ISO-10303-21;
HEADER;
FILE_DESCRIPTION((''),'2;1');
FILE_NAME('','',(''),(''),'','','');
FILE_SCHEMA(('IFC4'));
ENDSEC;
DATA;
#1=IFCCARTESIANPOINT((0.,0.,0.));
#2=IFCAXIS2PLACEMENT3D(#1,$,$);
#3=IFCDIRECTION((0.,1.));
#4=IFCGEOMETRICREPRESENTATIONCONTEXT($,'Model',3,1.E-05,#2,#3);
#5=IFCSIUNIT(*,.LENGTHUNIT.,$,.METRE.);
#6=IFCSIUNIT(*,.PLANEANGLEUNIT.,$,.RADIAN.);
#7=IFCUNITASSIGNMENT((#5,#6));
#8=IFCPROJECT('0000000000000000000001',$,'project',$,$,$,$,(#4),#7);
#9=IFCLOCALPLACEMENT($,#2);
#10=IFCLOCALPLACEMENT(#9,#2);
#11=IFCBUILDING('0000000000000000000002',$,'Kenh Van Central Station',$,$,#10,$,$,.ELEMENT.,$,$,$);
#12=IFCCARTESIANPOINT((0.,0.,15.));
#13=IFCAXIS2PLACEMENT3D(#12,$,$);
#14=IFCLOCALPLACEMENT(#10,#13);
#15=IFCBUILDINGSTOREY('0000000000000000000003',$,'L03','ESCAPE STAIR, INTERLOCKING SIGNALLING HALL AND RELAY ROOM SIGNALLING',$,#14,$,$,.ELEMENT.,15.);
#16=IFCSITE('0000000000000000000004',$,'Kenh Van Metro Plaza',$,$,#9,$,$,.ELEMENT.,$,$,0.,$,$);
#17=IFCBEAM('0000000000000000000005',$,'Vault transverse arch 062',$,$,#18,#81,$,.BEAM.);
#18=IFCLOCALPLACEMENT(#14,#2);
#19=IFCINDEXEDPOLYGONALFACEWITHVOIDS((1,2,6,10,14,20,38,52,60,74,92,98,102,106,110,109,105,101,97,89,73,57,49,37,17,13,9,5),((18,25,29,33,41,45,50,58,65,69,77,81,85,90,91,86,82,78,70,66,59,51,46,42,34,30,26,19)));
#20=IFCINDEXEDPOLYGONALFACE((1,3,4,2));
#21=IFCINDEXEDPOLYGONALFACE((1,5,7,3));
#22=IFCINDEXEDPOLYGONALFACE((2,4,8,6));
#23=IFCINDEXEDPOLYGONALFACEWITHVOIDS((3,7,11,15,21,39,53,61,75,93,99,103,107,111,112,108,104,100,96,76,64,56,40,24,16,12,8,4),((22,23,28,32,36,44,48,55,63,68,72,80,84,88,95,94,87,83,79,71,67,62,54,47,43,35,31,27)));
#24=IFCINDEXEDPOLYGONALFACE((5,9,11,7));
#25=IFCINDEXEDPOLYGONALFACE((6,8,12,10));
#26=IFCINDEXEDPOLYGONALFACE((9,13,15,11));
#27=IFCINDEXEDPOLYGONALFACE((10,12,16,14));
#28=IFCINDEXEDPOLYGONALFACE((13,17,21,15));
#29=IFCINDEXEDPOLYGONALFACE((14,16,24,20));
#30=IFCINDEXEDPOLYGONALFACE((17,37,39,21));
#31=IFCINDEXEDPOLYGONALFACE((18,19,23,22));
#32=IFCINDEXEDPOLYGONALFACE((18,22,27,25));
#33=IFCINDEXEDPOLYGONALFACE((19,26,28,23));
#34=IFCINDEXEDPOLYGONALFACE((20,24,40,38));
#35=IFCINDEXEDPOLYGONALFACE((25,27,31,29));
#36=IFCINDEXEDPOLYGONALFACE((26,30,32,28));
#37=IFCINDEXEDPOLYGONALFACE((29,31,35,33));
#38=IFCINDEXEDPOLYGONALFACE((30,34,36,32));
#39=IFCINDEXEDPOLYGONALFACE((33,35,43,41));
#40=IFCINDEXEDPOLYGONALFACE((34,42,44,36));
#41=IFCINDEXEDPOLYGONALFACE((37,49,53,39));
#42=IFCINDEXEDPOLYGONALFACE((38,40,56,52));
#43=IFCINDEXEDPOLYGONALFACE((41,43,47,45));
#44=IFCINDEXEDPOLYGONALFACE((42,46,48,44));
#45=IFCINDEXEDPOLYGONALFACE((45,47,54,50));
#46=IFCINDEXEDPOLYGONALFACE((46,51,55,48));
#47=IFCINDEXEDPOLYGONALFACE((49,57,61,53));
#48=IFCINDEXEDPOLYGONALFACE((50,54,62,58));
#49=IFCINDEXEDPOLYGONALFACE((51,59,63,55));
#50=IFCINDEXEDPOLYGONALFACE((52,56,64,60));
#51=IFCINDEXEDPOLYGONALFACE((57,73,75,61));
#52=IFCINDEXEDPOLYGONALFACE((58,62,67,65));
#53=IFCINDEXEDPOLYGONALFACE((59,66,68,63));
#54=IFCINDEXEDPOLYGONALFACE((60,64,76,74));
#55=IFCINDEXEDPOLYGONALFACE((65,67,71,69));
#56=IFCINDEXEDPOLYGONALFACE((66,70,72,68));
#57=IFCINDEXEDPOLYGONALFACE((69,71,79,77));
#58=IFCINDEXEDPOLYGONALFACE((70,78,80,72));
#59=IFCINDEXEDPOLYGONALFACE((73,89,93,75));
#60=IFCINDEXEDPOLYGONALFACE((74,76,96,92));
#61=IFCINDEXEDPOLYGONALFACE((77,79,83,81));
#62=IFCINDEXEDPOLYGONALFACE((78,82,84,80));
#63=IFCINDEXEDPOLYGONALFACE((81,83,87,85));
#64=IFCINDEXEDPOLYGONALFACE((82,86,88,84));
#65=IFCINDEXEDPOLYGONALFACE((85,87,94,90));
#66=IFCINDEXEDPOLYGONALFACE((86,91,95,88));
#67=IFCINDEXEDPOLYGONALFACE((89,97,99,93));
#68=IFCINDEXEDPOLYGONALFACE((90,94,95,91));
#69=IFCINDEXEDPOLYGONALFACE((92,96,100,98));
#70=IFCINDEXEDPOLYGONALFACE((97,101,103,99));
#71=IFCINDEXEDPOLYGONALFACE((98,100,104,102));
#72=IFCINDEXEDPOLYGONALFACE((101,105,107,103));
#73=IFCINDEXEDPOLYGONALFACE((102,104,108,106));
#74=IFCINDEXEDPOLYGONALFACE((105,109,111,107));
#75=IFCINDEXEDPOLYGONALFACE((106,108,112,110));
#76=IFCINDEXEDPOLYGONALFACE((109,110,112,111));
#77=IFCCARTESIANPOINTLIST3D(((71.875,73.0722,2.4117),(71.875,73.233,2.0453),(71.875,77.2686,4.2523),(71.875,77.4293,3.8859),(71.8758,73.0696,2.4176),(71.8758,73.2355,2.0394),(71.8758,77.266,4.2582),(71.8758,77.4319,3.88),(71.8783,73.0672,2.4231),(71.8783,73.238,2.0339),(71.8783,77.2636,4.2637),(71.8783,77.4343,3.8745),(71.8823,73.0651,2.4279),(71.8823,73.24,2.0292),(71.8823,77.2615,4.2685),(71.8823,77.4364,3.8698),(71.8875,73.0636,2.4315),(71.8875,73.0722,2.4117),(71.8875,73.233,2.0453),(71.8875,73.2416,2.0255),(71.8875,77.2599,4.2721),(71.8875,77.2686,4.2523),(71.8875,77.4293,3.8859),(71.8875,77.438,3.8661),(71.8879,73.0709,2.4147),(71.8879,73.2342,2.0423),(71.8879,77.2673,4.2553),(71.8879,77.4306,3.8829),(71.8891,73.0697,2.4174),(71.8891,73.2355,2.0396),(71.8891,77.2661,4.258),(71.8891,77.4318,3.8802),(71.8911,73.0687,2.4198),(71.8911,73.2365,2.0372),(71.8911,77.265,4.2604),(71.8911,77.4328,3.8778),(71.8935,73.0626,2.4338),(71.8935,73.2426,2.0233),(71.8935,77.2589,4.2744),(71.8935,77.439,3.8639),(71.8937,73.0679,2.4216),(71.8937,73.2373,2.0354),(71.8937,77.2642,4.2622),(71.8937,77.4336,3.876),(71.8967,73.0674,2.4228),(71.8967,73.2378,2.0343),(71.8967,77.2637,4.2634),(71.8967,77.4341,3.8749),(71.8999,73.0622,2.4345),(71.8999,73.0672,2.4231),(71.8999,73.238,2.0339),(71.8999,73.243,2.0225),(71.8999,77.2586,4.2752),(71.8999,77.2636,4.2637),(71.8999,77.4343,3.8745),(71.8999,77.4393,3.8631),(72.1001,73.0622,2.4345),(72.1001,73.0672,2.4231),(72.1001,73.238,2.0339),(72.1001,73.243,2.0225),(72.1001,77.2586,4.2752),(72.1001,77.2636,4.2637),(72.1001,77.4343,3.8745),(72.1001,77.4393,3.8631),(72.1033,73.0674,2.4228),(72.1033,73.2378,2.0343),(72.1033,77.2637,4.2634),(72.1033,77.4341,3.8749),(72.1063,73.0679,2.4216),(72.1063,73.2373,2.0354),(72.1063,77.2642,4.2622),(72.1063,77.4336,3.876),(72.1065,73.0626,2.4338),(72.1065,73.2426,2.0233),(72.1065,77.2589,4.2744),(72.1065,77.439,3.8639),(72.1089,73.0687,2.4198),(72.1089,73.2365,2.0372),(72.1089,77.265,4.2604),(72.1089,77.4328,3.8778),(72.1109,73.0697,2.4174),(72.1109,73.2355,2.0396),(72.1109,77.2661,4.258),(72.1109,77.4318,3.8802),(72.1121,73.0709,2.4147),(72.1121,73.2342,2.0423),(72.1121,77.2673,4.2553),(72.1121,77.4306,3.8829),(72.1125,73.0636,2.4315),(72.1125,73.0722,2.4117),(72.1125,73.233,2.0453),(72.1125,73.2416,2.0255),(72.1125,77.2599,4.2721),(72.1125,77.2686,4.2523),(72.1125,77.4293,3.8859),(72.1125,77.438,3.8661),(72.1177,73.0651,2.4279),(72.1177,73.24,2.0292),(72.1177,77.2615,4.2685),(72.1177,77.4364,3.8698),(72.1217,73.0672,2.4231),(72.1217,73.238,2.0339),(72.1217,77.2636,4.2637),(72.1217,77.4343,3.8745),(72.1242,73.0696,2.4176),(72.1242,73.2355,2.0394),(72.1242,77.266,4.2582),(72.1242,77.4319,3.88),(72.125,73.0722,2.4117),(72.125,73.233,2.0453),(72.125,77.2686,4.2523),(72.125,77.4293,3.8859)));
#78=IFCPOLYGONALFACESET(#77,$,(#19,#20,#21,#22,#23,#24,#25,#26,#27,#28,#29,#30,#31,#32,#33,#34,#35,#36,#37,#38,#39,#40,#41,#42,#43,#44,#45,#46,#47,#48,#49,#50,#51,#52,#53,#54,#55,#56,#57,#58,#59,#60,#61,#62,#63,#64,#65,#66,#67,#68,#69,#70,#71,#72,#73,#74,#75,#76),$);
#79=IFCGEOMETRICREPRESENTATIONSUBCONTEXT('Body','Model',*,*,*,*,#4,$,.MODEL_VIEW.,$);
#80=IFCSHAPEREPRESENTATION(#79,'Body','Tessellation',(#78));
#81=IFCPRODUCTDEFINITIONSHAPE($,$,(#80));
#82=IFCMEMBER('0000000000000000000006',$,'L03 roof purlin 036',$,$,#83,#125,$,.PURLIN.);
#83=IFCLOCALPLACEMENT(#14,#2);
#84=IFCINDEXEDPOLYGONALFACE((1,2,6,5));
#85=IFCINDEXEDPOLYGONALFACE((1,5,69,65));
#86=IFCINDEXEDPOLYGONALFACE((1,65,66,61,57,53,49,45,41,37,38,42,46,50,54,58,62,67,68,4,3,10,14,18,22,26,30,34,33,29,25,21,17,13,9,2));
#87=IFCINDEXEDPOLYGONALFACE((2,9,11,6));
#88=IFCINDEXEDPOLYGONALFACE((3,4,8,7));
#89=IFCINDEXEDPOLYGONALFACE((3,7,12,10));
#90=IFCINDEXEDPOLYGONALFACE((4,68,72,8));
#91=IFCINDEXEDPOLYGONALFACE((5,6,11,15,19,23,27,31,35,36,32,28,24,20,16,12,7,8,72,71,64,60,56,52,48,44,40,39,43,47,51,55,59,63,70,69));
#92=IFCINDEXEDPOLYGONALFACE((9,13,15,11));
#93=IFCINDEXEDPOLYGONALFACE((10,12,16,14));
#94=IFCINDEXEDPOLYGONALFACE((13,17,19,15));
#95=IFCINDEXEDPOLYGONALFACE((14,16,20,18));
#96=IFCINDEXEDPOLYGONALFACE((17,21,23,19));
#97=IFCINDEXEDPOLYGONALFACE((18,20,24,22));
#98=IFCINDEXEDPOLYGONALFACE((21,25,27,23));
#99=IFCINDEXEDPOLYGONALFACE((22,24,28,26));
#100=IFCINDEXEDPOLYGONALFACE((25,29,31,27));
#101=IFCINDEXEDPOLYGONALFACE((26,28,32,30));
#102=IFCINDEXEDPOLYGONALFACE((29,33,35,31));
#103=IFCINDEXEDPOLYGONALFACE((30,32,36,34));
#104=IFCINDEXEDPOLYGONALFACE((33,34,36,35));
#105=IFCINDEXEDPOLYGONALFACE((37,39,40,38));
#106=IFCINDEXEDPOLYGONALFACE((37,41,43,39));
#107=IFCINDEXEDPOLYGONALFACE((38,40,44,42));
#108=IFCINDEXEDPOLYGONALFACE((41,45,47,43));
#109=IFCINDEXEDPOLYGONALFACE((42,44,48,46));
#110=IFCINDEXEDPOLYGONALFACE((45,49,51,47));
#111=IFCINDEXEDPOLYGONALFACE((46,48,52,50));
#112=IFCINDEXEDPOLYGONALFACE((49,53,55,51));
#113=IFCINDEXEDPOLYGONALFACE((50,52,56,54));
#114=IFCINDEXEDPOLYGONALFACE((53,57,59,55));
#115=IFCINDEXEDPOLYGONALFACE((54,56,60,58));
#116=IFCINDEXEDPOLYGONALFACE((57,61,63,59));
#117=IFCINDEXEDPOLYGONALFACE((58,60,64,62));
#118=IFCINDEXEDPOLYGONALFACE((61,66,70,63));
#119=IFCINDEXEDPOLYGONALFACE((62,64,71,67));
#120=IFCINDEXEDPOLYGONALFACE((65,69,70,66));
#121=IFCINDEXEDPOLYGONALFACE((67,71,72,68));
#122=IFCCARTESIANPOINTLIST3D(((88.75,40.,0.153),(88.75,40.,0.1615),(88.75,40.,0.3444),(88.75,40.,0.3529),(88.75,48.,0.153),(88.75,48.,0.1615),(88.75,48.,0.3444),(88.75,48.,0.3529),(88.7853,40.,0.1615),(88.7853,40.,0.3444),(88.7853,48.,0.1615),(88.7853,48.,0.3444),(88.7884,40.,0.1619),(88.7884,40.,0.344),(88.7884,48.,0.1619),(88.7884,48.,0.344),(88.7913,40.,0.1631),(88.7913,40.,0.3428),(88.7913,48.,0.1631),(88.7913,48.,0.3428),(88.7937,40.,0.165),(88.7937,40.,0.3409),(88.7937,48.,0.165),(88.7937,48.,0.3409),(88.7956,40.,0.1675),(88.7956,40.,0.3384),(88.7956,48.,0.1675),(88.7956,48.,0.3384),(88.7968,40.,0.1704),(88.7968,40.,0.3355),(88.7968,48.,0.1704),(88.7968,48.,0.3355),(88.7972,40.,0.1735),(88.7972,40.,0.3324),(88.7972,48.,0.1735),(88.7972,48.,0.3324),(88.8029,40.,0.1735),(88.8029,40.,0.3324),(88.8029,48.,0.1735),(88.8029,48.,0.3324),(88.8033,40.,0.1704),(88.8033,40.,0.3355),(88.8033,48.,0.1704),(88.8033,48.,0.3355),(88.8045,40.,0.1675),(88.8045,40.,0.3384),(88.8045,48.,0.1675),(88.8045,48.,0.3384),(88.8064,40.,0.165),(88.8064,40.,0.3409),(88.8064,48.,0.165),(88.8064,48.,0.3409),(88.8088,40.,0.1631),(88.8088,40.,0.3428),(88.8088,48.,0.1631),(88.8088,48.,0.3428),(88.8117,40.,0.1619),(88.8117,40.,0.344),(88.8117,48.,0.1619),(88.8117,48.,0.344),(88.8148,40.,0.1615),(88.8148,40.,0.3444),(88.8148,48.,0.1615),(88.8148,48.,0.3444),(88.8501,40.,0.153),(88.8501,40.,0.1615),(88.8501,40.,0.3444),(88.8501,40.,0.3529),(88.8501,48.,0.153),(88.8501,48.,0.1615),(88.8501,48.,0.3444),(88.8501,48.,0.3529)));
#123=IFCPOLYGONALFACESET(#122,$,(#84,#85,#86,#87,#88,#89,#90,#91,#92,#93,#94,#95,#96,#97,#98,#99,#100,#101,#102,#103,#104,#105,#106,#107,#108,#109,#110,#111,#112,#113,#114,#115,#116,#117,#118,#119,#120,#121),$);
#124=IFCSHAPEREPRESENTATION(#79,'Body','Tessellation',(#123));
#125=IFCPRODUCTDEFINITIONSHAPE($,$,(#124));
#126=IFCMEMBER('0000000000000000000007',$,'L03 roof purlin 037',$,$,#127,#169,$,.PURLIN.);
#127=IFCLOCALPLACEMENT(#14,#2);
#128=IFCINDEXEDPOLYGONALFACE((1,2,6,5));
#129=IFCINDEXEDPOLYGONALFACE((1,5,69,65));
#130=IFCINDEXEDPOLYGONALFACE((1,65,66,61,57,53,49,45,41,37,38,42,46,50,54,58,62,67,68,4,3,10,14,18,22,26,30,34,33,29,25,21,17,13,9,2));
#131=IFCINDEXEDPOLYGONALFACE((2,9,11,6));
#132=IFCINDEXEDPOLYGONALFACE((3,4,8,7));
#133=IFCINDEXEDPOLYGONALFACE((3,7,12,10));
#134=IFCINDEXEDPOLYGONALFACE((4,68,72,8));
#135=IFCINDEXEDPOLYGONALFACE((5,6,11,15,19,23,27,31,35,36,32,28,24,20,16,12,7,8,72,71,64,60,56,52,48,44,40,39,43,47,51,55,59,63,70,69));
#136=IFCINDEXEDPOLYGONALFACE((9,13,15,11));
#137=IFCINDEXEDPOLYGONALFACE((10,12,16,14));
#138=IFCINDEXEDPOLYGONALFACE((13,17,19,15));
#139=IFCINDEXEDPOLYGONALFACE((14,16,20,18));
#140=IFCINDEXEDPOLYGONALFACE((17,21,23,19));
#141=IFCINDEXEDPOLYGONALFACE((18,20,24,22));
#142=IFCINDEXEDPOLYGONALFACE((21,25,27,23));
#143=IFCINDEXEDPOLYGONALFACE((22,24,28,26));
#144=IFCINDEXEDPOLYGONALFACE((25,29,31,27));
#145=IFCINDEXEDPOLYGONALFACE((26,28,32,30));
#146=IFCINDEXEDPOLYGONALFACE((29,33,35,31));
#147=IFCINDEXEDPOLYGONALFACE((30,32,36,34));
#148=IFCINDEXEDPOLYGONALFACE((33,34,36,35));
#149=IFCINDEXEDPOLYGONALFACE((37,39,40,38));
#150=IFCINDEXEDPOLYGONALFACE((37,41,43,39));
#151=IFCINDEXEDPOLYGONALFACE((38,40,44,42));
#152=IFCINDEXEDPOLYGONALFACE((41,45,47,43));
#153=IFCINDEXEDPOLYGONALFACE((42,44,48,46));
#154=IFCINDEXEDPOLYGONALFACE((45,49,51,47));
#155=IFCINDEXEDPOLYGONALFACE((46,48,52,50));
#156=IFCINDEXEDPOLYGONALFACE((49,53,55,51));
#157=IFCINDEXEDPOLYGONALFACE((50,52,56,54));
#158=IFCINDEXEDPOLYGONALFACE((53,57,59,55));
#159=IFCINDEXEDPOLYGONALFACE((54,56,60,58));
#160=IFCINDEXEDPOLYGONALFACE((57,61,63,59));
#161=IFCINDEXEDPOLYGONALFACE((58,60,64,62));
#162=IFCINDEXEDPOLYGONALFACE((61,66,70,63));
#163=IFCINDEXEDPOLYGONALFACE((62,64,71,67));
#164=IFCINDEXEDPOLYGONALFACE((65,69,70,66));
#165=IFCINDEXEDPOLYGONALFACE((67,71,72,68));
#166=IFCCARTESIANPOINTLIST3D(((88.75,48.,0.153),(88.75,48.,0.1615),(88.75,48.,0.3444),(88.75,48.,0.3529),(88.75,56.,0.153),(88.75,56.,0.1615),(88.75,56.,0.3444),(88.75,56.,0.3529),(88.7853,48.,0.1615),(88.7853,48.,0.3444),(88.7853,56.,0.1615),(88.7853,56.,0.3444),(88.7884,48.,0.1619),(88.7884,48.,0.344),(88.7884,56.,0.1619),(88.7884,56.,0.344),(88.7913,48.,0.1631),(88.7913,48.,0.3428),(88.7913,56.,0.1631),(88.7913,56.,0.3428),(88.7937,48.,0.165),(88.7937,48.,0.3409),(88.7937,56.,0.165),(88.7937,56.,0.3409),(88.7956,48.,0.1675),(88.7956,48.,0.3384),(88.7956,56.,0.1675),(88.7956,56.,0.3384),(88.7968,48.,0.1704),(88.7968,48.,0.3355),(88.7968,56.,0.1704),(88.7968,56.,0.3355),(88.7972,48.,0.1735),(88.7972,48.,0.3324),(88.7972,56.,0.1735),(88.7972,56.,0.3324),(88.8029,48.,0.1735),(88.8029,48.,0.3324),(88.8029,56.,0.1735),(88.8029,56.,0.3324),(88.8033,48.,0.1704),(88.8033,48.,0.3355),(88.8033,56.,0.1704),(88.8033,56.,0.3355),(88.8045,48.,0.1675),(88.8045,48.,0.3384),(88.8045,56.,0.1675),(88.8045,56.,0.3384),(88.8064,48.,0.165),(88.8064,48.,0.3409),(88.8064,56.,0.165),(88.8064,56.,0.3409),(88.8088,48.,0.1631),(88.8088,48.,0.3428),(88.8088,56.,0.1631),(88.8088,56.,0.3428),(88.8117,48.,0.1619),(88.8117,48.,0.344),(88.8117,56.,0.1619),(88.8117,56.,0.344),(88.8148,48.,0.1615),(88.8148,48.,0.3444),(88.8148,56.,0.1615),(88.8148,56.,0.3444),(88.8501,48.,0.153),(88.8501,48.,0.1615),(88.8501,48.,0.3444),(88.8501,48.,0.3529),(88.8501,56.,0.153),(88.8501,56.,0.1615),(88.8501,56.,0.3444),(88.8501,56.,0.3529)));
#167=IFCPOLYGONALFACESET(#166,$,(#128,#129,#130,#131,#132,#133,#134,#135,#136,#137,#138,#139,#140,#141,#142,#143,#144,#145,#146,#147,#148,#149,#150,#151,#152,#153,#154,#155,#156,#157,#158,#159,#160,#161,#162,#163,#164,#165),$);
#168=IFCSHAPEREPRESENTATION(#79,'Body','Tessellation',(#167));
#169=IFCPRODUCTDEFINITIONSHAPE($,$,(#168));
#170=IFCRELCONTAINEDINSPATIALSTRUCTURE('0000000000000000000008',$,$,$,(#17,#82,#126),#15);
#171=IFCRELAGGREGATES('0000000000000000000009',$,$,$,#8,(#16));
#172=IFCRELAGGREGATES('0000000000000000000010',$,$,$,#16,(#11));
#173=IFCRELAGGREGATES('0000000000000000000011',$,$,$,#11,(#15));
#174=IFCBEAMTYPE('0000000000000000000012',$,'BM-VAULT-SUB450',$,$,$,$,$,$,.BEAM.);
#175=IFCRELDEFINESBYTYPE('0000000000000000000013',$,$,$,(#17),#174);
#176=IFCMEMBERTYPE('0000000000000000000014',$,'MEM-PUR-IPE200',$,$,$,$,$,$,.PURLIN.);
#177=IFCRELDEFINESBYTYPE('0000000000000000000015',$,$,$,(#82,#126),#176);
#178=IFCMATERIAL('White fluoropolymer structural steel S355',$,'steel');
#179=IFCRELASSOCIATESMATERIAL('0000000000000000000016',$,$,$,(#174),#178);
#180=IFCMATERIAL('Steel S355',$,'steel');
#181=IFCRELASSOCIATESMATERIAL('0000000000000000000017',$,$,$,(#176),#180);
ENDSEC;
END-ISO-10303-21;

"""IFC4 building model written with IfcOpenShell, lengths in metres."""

from ifc_helpers import new_model, si_unit, direction, frame, origin, origin_2d, place, context, subcontext, project, spatial, hollow_rectangle, i_section, extrude, material, material_profile, profile_set, type_object, element, save


model = new_model("IFC4")

# Units and contexts
model_context = context("Model", 3, precision=1e-05, world=origin(), true_north=direction((0.0, 1.0)))
body_context = subcontext(model_context, "Body", "Model", "MODEL_VIEW")
ifc_project = project(units=[si_unit("LENGTHUNIT", "METRE"), si_unit("PLANEANGLEUNIT", "RADIAN")], contexts=[model_context])

# Site, building, storey
site_placement = place(None, origin())
site = spatial("IfcSite", under=ifc_project, at=site_placement, Name="Kenh Van Metro Plaza", CompositionType="ELEMENT", RefElevation=0.0)
building_placement = place(site_placement, origin())
building = spatial("IfcBuilding", under=site, at=building_placement, Name="Kenh Van Central Station", CompositionType="ELEMENT")
storey_placement = place(building_placement, frame((0.0, 0.0, 15.0)))
storey = spatial("IfcBuildingStorey", under=building, at=storey_placement, Name="L03", Description="ESCAPE STAIR, INTERLOCKING SIGNALLING HALL AND RELAY ROOM SIGNALLING", CompositionType="ELEMENT", Elevation=15.0)

# Beam
ifc_material_1 = material(Name="Steel S355", Category="steel")
ifc_material_2 = material(Name="White fluoropolymer structural steel S355", Category="steel")
ifc_material_profile_1 = material_profile(ifc_material_2, hollow_rectangle(XDim=0.25, YDim=0.45, WallThickness=0.0125, InnerFilletRadius=0.0125, OuterFilletRadius=0.0249, at=origin_2d()), Name="RHS 450x250x12.5")
ifc_profile_set_1 = profile_set([ifc_material_profile_1], Name="White fluoropolymer structural steel S355")
beam_type_1 = type_object("IfcBeamType", Name="BM-VAULT-SUB450", PredefinedType="BEAM", material=ifc_profile_set_1)
beam_placement = place(storey_placement, frame((72.0, 73.1526, 2.2285), z_axis=(0.0, 0.91578, 0.40168), x_axis=(-1.0, 0.0, 0.0)))
element("IfcBeam", 1, at=beam_placement, inside=storey, type_object=beam_type_1, Name="Vault transverse arch 062", PredefinedType="BEAM", context=body_context, shape_type="SweptSolid", body=[
    extrude(hollow_rectangle(XDim=0.25, YDim=0.45, WallThickness=0.0125, InnerFilletRadius=0.0125, OuterFilletRadius=0.0249, at=origin_2d()), origin(), (0.0, 0.0, 1.0), 4.5823),
])

# Members
ifc_material_profile_2 = material_profile(ifc_material_1, i_section(OverallWidth=0.1001, OverallDepth=0.2, WebThickness=0.0056, FlangeThickness=0.0085, FilletRadius=0.012, at=origin_2d()), Name="IPE 200")
ifc_profile_set_2 = profile_set([ifc_material_profile_2], Name="Steel S355")
member_type_1 = type_object("IfcMemberType", Name="MEM-PUR-IPE200", PredefinedType="PURLIN", material=ifc_profile_set_2)
for number, where, z_axis, x_axis, name in (
    (2, (88.8, 40.0, 0.2529), (0.0, 1.0, 0.0), (-1.0, 0.0, 0.0), "L03 roof purlin 036"),
    (3, (88.8, 48.0, 0.2529), (0.0, 1.0, 0.0), (-1.0, 0.0, 0.0), "L03 roof purlin 037"),
):
    element("IfcMember", number, at=place(storey_placement, frame(where, z_axis=z_axis, x_axis=x_axis)), inside=storey, type_object=member_type_1, Name=name, PredefinedType="PURLIN", context=body_context, shape_type="SweptSolid", body=[
        extrude(i_section(OverallWidth=0.1001, OverallDepth=0.2, WebThickness=0.0056, FlangeThickness=0.0085, FilletRadius=0.012, at=origin_2d()), origin(), (0.0, 0.0, 1.0), 8.0),
    ])

save(model, "model.ifc")
